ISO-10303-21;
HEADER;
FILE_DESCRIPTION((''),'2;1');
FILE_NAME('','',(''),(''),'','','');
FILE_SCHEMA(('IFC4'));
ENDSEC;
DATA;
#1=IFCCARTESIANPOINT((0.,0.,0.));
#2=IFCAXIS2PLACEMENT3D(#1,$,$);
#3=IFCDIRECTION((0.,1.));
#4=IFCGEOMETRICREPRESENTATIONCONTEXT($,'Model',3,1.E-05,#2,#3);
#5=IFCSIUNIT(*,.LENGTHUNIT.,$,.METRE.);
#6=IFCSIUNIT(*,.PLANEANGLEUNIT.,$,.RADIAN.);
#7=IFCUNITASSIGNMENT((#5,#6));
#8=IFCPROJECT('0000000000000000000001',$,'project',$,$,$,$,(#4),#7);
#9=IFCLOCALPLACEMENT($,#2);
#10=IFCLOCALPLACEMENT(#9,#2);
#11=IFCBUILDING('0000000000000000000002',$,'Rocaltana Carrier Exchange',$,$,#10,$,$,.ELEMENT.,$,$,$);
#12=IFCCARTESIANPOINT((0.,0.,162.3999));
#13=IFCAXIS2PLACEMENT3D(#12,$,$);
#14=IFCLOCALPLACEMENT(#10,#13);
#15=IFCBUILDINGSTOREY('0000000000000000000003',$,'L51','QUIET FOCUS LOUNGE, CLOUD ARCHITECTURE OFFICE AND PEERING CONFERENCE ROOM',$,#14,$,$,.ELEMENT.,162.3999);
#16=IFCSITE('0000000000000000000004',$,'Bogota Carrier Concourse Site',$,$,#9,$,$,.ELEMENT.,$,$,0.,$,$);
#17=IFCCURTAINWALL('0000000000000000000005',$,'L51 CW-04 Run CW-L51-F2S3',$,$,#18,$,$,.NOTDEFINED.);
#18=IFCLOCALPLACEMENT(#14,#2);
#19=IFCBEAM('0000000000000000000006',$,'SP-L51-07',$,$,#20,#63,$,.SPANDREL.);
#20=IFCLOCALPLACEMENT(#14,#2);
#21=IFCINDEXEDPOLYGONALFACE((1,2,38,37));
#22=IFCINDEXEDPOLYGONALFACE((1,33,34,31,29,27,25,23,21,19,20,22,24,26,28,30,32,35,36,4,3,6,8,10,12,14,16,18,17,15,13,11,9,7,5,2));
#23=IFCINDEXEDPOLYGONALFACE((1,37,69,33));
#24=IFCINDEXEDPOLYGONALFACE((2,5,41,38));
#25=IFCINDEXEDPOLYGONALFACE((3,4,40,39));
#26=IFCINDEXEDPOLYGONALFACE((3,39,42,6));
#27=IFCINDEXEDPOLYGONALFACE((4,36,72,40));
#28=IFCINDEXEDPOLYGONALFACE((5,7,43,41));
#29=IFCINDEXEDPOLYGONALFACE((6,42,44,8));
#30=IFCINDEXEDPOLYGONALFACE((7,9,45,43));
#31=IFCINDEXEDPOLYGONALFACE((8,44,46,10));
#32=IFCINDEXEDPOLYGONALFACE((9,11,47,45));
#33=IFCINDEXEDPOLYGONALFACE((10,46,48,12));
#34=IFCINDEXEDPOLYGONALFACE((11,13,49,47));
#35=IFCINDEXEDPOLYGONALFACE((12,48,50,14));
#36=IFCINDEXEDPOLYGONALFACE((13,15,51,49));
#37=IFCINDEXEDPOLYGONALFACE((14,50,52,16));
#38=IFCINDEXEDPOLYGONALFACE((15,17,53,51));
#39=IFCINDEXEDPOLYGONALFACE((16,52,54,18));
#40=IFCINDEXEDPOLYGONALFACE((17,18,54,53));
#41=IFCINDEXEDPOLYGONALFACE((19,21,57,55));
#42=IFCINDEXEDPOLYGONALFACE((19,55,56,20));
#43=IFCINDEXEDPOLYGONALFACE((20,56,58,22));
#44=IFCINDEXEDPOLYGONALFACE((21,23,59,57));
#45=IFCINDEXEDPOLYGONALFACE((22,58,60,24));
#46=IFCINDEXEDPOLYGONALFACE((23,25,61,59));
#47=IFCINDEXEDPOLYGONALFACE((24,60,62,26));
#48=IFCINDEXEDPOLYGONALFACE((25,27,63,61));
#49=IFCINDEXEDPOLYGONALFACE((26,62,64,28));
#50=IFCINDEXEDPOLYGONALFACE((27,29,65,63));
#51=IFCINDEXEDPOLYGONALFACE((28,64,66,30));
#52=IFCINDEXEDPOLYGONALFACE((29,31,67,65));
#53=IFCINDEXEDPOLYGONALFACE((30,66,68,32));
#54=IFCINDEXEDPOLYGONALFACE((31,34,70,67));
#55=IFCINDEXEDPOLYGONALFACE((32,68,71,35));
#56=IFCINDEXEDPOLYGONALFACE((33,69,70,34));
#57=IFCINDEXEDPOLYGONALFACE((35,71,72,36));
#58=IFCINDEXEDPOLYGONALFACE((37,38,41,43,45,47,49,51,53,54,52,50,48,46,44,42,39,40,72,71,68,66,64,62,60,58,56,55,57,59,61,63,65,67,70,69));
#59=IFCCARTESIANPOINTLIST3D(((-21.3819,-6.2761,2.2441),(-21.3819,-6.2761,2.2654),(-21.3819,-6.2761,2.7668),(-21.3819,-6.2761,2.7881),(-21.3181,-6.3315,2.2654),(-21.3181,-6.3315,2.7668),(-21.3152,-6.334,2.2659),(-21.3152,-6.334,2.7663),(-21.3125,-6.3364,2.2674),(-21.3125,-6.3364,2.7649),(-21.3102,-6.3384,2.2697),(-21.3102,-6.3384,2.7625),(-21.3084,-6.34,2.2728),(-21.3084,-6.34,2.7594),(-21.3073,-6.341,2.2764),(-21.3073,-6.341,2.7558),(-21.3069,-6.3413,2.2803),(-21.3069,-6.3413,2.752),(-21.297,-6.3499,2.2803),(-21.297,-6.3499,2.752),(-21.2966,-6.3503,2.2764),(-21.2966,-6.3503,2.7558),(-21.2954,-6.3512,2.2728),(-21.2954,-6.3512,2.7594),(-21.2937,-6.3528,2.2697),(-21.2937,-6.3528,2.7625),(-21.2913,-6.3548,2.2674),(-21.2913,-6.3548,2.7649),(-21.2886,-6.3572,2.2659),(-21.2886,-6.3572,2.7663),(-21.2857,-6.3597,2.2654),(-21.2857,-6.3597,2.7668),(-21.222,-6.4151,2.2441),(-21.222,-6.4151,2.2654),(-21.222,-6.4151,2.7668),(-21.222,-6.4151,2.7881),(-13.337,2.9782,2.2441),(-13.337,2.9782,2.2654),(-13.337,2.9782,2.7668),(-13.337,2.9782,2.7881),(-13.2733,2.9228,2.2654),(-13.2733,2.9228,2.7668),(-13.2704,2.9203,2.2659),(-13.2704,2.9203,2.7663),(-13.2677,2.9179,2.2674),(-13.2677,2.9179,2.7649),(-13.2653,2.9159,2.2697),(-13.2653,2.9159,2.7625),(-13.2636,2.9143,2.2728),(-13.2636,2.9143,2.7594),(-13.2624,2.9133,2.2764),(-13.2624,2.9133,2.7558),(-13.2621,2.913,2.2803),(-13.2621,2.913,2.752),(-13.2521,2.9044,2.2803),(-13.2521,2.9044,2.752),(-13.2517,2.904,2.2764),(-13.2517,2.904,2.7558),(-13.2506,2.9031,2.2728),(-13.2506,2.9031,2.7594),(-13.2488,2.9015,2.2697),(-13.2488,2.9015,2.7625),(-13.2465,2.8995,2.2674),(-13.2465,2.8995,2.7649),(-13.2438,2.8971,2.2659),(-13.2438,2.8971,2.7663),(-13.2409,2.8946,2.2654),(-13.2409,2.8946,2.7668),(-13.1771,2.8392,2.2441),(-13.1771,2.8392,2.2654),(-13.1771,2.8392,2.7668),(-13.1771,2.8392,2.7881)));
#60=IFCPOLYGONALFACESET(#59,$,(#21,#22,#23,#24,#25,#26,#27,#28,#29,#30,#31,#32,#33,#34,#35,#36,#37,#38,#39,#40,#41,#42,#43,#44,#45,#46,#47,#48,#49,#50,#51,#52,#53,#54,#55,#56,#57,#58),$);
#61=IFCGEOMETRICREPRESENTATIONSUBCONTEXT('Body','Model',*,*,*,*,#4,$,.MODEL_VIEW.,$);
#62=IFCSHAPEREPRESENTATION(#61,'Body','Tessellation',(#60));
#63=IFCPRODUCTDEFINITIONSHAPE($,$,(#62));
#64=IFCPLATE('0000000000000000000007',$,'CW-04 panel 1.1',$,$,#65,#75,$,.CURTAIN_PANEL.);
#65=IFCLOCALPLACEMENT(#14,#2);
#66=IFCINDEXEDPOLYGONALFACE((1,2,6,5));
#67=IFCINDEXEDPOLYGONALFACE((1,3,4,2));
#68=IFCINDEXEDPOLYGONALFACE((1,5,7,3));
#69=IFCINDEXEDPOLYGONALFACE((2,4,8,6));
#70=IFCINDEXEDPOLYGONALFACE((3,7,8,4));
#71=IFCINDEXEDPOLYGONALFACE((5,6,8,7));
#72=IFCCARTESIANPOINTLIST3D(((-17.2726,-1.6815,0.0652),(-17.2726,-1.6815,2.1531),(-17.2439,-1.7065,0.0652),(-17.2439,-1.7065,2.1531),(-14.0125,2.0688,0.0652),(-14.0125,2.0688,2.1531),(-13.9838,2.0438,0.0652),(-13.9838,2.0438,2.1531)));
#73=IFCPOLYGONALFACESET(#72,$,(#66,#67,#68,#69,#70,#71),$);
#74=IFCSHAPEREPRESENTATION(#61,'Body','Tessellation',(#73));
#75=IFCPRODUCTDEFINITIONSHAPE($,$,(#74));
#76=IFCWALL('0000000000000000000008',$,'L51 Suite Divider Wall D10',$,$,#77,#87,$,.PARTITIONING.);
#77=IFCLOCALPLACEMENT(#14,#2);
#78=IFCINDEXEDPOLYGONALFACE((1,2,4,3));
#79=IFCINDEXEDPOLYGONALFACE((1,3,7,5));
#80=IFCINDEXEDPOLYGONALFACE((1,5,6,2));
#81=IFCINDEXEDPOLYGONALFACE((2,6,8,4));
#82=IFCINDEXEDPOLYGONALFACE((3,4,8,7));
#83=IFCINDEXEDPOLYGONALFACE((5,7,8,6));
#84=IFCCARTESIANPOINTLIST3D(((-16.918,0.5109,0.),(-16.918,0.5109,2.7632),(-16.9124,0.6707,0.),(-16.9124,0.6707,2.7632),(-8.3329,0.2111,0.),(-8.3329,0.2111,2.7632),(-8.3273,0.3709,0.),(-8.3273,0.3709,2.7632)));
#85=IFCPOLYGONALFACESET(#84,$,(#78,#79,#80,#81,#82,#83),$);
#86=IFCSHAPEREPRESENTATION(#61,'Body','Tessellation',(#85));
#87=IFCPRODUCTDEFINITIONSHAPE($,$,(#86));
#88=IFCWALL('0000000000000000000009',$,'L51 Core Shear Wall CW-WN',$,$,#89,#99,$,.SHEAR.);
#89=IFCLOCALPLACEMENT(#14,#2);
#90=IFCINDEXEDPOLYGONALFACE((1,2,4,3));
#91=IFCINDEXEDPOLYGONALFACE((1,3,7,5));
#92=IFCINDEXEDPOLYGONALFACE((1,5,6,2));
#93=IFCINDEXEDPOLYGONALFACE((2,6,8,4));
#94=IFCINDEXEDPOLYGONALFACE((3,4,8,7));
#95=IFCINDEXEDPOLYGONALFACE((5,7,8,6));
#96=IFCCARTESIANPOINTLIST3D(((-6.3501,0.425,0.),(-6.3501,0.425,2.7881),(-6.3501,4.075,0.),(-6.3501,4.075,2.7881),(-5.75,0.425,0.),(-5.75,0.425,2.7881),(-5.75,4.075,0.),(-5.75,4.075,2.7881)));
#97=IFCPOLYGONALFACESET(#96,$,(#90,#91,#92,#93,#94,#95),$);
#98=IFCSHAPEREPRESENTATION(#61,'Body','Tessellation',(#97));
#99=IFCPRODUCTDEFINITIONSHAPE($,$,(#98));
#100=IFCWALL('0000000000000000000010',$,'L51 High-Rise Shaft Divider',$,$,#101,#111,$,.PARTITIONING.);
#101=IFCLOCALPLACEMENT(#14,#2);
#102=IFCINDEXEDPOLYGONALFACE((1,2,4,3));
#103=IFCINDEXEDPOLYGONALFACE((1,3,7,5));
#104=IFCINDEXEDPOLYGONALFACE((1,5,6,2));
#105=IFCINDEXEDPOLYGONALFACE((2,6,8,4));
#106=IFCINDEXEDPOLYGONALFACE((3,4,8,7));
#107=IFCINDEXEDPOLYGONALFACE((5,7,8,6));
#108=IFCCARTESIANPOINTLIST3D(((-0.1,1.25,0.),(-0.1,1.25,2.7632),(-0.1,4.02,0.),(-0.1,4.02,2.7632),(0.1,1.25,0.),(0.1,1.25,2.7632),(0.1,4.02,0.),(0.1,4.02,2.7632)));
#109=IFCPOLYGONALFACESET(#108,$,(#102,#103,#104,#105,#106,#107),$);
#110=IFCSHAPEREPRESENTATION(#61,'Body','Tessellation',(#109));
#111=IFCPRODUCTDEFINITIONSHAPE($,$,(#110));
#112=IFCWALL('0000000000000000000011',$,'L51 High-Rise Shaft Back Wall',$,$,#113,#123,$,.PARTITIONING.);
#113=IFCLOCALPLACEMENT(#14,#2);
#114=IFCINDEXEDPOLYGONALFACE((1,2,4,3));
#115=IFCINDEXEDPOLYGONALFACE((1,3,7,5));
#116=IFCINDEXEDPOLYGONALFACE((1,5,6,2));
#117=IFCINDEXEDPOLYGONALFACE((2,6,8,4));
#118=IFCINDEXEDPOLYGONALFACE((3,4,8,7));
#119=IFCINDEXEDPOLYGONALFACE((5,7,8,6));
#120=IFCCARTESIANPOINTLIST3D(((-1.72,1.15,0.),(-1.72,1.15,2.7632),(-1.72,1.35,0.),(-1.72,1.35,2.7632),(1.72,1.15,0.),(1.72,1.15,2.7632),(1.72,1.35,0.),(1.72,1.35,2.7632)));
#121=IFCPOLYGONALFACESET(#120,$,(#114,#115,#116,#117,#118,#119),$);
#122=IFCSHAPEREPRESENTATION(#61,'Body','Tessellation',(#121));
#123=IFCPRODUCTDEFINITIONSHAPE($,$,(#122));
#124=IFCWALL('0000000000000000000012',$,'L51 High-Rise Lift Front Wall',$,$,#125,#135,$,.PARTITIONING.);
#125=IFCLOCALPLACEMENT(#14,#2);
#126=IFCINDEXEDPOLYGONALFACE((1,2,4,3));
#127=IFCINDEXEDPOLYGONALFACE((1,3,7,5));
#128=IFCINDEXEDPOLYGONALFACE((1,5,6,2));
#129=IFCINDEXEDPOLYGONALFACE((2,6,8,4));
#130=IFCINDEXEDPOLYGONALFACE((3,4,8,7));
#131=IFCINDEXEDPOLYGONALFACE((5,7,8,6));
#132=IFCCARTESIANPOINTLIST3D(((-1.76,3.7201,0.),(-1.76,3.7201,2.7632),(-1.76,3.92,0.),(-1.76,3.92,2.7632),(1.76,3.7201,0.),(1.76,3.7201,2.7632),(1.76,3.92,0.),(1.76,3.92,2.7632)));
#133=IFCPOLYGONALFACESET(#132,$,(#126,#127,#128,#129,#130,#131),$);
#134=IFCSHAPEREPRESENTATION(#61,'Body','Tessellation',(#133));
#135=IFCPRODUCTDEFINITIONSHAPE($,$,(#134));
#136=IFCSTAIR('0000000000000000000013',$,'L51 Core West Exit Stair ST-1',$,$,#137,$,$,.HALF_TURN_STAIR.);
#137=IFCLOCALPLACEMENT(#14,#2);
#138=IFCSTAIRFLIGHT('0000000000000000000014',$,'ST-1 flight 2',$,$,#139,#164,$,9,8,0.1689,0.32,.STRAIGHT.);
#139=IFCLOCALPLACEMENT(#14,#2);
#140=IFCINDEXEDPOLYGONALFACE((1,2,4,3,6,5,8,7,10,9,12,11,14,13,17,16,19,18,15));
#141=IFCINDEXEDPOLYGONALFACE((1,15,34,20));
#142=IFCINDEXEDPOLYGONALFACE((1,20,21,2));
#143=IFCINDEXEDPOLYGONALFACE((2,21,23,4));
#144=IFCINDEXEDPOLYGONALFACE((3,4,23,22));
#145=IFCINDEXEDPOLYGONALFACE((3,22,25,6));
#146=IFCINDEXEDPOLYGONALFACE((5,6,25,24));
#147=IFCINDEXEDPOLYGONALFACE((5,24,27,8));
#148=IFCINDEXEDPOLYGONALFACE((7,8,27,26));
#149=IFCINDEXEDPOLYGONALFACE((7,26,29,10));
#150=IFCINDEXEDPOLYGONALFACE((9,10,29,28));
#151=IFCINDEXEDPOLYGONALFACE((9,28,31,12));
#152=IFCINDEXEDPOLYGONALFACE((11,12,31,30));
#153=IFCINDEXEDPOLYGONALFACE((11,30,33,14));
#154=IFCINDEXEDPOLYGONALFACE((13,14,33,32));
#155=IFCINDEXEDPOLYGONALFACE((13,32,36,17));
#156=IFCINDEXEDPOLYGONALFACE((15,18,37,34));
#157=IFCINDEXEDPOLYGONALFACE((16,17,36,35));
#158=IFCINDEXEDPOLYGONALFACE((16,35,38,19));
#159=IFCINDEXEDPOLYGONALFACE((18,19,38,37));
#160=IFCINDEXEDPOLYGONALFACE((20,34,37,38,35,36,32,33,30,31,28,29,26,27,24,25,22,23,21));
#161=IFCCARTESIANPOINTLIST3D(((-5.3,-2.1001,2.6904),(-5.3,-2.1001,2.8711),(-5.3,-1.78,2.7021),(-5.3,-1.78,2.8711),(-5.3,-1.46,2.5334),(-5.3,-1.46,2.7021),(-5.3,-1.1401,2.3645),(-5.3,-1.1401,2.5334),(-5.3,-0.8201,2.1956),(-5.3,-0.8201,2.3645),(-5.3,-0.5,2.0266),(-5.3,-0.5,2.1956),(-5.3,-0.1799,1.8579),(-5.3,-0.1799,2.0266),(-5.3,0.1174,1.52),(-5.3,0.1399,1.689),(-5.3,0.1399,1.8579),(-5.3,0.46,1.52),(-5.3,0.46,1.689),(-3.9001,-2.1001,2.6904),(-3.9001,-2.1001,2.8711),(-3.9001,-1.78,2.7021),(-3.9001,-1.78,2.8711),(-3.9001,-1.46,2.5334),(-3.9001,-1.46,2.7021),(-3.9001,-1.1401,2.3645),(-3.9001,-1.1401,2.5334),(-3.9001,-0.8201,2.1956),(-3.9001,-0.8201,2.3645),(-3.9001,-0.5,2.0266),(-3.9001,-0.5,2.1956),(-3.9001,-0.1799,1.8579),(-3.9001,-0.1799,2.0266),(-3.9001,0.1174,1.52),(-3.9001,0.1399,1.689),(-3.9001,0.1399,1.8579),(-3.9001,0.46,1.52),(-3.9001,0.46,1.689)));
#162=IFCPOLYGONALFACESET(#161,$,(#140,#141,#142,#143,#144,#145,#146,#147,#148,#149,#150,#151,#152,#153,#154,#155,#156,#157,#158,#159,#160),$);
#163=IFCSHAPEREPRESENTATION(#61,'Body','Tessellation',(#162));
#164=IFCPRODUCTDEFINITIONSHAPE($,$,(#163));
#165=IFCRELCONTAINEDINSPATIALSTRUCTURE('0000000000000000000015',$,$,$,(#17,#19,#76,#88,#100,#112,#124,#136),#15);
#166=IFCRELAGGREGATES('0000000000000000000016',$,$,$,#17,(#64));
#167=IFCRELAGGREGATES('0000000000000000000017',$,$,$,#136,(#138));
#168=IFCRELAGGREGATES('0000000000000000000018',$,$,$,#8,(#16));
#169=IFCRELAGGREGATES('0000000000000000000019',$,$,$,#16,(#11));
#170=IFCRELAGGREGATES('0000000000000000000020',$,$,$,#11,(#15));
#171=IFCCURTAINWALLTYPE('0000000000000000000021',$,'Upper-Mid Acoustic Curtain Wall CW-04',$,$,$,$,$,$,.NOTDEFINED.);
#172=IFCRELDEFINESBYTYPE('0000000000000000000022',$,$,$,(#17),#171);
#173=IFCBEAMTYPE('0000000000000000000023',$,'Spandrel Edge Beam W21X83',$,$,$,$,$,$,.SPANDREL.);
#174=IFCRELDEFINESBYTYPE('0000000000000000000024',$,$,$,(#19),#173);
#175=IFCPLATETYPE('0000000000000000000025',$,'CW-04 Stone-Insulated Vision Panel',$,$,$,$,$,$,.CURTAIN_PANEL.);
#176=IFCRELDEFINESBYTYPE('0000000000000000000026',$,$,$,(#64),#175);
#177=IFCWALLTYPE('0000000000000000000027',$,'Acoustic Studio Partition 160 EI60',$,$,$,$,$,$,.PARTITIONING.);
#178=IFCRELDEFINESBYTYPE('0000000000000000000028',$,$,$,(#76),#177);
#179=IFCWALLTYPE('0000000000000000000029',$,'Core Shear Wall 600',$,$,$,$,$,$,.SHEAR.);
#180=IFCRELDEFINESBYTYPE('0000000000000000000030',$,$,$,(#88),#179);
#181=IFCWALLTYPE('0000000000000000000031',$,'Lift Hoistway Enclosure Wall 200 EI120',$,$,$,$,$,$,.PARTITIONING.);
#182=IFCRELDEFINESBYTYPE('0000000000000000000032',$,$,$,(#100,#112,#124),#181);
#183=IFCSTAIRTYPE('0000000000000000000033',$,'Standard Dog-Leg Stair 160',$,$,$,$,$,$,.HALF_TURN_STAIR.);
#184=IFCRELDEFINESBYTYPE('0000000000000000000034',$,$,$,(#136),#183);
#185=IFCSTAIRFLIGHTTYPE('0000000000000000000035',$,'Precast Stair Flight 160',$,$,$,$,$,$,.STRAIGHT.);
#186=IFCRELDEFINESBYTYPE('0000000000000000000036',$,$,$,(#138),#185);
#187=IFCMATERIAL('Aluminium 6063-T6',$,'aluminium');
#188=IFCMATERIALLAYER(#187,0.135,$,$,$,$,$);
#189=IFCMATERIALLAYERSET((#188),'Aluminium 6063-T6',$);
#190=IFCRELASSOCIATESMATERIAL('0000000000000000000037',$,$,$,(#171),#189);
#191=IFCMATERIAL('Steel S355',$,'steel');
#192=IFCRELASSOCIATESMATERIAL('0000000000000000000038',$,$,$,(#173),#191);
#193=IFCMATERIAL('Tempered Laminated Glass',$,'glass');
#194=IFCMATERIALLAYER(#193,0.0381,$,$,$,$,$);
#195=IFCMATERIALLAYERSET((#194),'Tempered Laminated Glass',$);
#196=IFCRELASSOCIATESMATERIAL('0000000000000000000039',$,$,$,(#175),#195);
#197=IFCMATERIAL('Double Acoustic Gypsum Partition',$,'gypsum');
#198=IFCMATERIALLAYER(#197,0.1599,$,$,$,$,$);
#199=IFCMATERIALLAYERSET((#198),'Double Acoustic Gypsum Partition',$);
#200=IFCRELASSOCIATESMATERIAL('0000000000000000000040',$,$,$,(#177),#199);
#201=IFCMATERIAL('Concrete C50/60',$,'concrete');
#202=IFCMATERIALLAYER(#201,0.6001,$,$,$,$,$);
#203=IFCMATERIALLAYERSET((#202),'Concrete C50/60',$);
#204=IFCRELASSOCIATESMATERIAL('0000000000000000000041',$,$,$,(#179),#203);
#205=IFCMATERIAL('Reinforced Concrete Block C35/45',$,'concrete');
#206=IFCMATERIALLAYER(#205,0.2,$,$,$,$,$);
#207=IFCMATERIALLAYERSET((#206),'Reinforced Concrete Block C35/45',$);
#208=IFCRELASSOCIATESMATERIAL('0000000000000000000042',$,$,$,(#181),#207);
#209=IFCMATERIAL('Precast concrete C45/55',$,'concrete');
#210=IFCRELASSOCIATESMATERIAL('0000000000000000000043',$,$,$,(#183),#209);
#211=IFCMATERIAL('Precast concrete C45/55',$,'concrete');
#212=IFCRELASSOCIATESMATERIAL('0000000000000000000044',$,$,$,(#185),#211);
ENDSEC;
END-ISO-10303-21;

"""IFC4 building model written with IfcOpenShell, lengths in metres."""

from ifc_helpers import new_model, si_unit, direction, frame, frame_2d, origin, origin_2d, place, context, subcontext, project, spatial, polyline, rectangle, i_section, outline, extrude, material, layer, layer_set, material_profile, profile_set, type_object, element, aggregate, save


model = new_model("IFC4")

# Units and contexts
model_context = context("Model", 3, precision=1e-05, world=origin(), true_north=direction((0.0, 1.0)))
body_context = subcontext(model_context, "Body", "Model", "MODEL_VIEW")
ifc_project = project(units=[si_unit("LENGTHUNIT", "METRE"), si_unit("PLANEANGLEUNIT", "RADIAN")], contexts=[model_context])

# Site, building, storey
site_placement = place(None, origin())
site = spatial("IfcSite", under=ifc_project, at=site_placement, Name="Bogota Carrier Concourse Site", CompositionType="ELEMENT", RefElevation=0.0)
building_placement = place(site_placement, origin())
building = spatial("IfcBuilding", under=site, at=building_placement, Name="Rocaltana Carrier Exchange", CompositionType="ELEMENT")
storey_placement = place(building_placement, frame((0.0, 0.0, 162.3999)))
storey = spatial("IfcBuildingStorey", under=building, at=storey_placement, Name="L51", Description="QUIET FOCUS LOUNGE, CLOUD ARCHITECTURE OFFICE AND PEERING CONFERENCE ROOM", CompositionType="ELEMENT", Elevation=162.3999)

# Curtain wall
ifc_material_1 = material(Name="Aluminium 6063-T6", Category="aluminium")
ifc_layer_1 = layer(ifc_material_1, 0.135)
ifc_layer_set_1 = layer_set([ifc_layer_1], Name="Aluminium 6063-T6")
curtain_wall_type = type_object("IfcCurtainWallType", Name="Upper-Mid Acoustic Curtain Wall CW-04", PredefinedType="NOTDEFINED", material=ifc_layer_set_1)
curtain_wall_placement = place(storey_placement, origin())
curtain_wall = element("IfcCurtainWall", 1, at=curtain_wall_placement, inside=storey, type_object=curtain_wall_type, Name="L51 CW-04 Run CW-L51-F2S3", PredefinedType="NOTDEFINED")

# Beam
ifc_material_2 = material(Name="Steel S355", Category="steel")
ifc_material_profile_1 = material_profile(ifc_material_2, i_section(OverallWidth=0.2119, OverallDepth=0.5439, WebThickness=0.0132, FlangeThickness=0.0212, FilletRadius=0.0149, at=origin_2d()), Name="W21X83")
ifc_profile_set_1 = profile_set([ifc_material_profile_1], Name="Steel S355")
beam_type_1 = type_object("IfcBeamType", Name="Spandrel Edge Beam W21X83", PredefinedType="SPANDREL", material=ifc_profile_set_1)
beam_1_placement = place(storey_placement, frame((-13.2571, 2.9087, 2.5161), z_axis=(-0.656068, -0.754702, 0.0), x_axis=(0.754702, -0.656068, 0.0)))
element("IfcBeam", 2, at=beam_1_placement, inside=storey, type_object=beam_type_1, Name="SP-L51-07", PredefinedType="SPANDREL", context=body_context, shape_type="SweptSolid", body=[
    extrude(i_section(OverallWidth=0.2119, OverallDepth=0.5439, WebThickness=0.0132, FlangeThickness=0.0212, FilletRadius=0.0149, at=origin_2d()), origin(), (0.0, 0.0, 1.0), 12.2622),
])

# Plate
ifc_material_3 = material(Name="Tempered Laminated Glass", Category="glass")
ifc_layer_2 = layer(ifc_material_3, 0.0381)
ifc_layer_set_2 = layer_set([ifc_layer_2], Name="Tempered Laminated Glass")
plate_type = type_object("IfcPlateType", Name="CW-04 Stone-Insulated Vision Panel", PredefinedType="CURTAIN_PANEL", material=ifc_layer_set_2)
plate_placement = place(storey_placement, frame((-15.6282, 0.1812, 0.0652), z_axis=(0.0, 0.0, 1.0), x_axis=(-0.656057, -0.754712, 0.0)))
plate = element("IfcPlate", 3, at=plate_placement, type_object=plate_type, Name="CW-04 panel 1.1", PredefinedType="CURTAIN_PANEL", context=body_context, shape_type="SweptSolid", body=[
    extrude(rectangle(XDim=4.9692, YDim=0.0381, at=origin_2d()), origin(), (0.0, 0.0, 1.0), 2.0879),
])
aggregate(curtain_wall, [plate])

# Walls
ifc_material_4 = material(Name="Double Acoustic Gypsum Partition", Category="gypsum")
ifc_layer_3 = layer(ifc_material_4, 0.1599)
ifc_layer_set_3 = layer_set([ifc_layer_3], Name="Double Acoustic Gypsum Partition")
wall_type_1 = type_object("IfcWallType", Name="Acoustic Studio Partition 160 EI60", PredefinedType="PARTITIONING", material=ifc_layer_set_3)
wall_1_placement = place(storey_placement, frame((-8.3301, 0.291, 0.0), z_axis=(0.0, 0.0, 1.0), x_axis=(-0.999391, 0.0349, 0.0)))
element("IfcWall", 4, at=wall_1_placement, inside=storey, type_object=wall_type_1, Name="L51 Suite Divider Wall D10", PredefinedType="PARTITIONING", context=body_context, shape_type="SweptSolid", body=[
    extrude(rectangle(XDim=8.5903, YDim=0.1599, at=frame_2d((4.2952, 0.0))), origin(), (0.0, 0.0, 1.0), 2.7632),
])
ifc_material_5 = material(Name="Concrete C50/60", Category="concrete")
ifc_layer_4 = layer(ifc_material_5, 0.6001)
ifc_layer_set_4 = layer_set([ifc_layer_4], Name="Concrete C50/60")
wall_type_2 = type_object("IfcWallType", Name="Core Shear Wall 600", PredefinedType="SHEAR", material=ifc_layer_set_4)
wall_2_placement = place(storey_placement, frame((-6.05, 0.425, 0.0), z_axis=(0.0, 0.0, 1.0), x_axis=(0.0, 1.0, 0.0)))
element("IfcWall", 5, at=wall_2_placement, inside=storey, type_object=wall_type_2, Name="L51 Core Shear Wall CW-WN", PredefinedType="SHEAR", context=body_context, shape_type="SweptSolid", body=[
    extrude(rectangle(XDim=3.6499, YDim=0.6001, at=frame_2d((1.825, 0.0))), origin(), (0.0, 0.0, 1.0), 2.7881),
])
ifc_material_6 = material(Name="Reinforced Concrete Block C35/45", Category="concrete")
ifc_layer_5 = layer(ifc_material_6, 0.2)
ifc_layer_set_5 = layer_set([ifc_layer_5], Name="Reinforced Concrete Block C35/45")
wall_type_3 = type_object("IfcWallType", Name="Lift Hoistway Enclosure Wall 200 EI120", PredefinedType="PARTITIONING", material=ifc_layer_set_5)
wall_3_placement = place(storey_placement, frame((0.0, 1.25, 0.0), z_axis=(0.0, 0.0, 1.0), x_axis=(0.0, 1.0, 0.0)))
element("IfcWall", 6, at=wall_3_placement, inside=storey, type_object=wall_type_3, Name="L51 High-Rise Shaft Divider", PredefinedType="PARTITIONING", context=body_context, shape_type="SweptSolid", body=[
    extrude(rectangle(XDim=2.77, YDim=0.2, at=frame_2d((1.385, 0.0))), origin(), (0.0, 0.0, 1.0), 2.7632),
])
wall_4_placement = place(storey_placement, frame((-1.72, 1.25, 0.0), z_axis=(0.0, 0.0, 1.0), x_axis=(1.0, 0.0, 0.0)))
element("IfcWall", 7, at=wall_4_placement, inside=storey, type_object=wall_type_3, Name="L51 High-Rise Shaft Back Wall", PredefinedType="PARTITIONING", context=body_context, shape_type="SweptSolid", body=[
    extrude(rectangle(XDim=3.4399, YDim=0.2, at=frame_2d((1.72, 0.0))), origin(), (0.0, 0.0, 1.0), 2.7632),
])
wall_5_placement = place(storey_placement, frame((-1.76, 3.8201, 0.0), z_axis=(0.0, 0.0, 1.0), x_axis=(1.0, 0.0, 0.0)))
element("IfcWall", 8, at=wall_5_placement, inside=storey, type_object=wall_type_3, Name="L51 High-Rise Lift Front Wall", PredefinedType="PARTITIONING", context=body_context, shape_type="SweptSolid", body=[
    extrude(rectangle(XDim=3.52, YDim=0.2, at=frame_2d((1.76, 0.0))), origin(), (0.0, 0.0, 1.0), 2.7632),
])

# Stair, stair flight
ifc_material_7 = material(Name="Precast concrete C45/55", Category="concrete")
stair_type = type_object("IfcStairType", Name="Standard Dog-Leg Stair 160", PredefinedType="HALF_TURN_STAIR", material=ifc_material_7)
stair_placement = place(storey_placement, origin())
stair = element("IfcStair", 9, at=stair_placement, inside=storey, type_object=stair_type, Name="L51 Core West Exit Stair ST-1", PredefinedType="HALF_TURN_STAIR")
ifc_material_8 = material(Name="Precast concrete C45/55", Category="concrete")
stair_flight_type = type_object("IfcStairFlightType", Name="Precast Stair Flight 160", PredefinedType="STRAIGHT", material=ifc_material_8)
stair_flight_placement = place(storey_placement, frame((-4.6001, 0.46, 1.52), z_axis=(0.0, 0.0, 1.0), x_axis=(0.0, -1.0, 0.0)))
stair_flight = element("IfcStairFlight", 10, at=stair_flight_placement, type_object=stair_flight_type, Name="ST-1 flight 2", NumberOfRisers=9, NumberOfTreads=8, PredefinedType="STRAIGHT", RiserHeight=0.1689, TreadLength=0.32, context=body_context, shape_type="SweptSolid", body=[
    extrude(outline(polyline([(0.0, 0.0), (0.0, 0.1689), (0.3201, 0.1689), (0.3201, 0.3379), (0.6399, 0.3379), (0.6399, 0.5066), (0.96, 0.5066), (0.96, 0.6755), (1.28, 0.6755), (1.28, 0.8445), (1.6001, 0.8445), (1.6001, 1.0134), (1.9199, 1.0134), (1.9199, 1.1821), (2.24, 1.1821), (2.24, 1.3511), (2.5601, 1.3511), (2.5601, 1.52), (2.5601, 1.1704), (0.3425, 0.0), (0.0, 0.0)])), frame((0.0, 0.7, 0.0), z_axis=(0.0, -1.0, 0.0), x_axis=(1.0, 0.0, 0.0)), (0.0, 0.0, 1.0), 1.3999),
])
aggregate(stair, [stair_flight])

save(model, "model.ifc")
